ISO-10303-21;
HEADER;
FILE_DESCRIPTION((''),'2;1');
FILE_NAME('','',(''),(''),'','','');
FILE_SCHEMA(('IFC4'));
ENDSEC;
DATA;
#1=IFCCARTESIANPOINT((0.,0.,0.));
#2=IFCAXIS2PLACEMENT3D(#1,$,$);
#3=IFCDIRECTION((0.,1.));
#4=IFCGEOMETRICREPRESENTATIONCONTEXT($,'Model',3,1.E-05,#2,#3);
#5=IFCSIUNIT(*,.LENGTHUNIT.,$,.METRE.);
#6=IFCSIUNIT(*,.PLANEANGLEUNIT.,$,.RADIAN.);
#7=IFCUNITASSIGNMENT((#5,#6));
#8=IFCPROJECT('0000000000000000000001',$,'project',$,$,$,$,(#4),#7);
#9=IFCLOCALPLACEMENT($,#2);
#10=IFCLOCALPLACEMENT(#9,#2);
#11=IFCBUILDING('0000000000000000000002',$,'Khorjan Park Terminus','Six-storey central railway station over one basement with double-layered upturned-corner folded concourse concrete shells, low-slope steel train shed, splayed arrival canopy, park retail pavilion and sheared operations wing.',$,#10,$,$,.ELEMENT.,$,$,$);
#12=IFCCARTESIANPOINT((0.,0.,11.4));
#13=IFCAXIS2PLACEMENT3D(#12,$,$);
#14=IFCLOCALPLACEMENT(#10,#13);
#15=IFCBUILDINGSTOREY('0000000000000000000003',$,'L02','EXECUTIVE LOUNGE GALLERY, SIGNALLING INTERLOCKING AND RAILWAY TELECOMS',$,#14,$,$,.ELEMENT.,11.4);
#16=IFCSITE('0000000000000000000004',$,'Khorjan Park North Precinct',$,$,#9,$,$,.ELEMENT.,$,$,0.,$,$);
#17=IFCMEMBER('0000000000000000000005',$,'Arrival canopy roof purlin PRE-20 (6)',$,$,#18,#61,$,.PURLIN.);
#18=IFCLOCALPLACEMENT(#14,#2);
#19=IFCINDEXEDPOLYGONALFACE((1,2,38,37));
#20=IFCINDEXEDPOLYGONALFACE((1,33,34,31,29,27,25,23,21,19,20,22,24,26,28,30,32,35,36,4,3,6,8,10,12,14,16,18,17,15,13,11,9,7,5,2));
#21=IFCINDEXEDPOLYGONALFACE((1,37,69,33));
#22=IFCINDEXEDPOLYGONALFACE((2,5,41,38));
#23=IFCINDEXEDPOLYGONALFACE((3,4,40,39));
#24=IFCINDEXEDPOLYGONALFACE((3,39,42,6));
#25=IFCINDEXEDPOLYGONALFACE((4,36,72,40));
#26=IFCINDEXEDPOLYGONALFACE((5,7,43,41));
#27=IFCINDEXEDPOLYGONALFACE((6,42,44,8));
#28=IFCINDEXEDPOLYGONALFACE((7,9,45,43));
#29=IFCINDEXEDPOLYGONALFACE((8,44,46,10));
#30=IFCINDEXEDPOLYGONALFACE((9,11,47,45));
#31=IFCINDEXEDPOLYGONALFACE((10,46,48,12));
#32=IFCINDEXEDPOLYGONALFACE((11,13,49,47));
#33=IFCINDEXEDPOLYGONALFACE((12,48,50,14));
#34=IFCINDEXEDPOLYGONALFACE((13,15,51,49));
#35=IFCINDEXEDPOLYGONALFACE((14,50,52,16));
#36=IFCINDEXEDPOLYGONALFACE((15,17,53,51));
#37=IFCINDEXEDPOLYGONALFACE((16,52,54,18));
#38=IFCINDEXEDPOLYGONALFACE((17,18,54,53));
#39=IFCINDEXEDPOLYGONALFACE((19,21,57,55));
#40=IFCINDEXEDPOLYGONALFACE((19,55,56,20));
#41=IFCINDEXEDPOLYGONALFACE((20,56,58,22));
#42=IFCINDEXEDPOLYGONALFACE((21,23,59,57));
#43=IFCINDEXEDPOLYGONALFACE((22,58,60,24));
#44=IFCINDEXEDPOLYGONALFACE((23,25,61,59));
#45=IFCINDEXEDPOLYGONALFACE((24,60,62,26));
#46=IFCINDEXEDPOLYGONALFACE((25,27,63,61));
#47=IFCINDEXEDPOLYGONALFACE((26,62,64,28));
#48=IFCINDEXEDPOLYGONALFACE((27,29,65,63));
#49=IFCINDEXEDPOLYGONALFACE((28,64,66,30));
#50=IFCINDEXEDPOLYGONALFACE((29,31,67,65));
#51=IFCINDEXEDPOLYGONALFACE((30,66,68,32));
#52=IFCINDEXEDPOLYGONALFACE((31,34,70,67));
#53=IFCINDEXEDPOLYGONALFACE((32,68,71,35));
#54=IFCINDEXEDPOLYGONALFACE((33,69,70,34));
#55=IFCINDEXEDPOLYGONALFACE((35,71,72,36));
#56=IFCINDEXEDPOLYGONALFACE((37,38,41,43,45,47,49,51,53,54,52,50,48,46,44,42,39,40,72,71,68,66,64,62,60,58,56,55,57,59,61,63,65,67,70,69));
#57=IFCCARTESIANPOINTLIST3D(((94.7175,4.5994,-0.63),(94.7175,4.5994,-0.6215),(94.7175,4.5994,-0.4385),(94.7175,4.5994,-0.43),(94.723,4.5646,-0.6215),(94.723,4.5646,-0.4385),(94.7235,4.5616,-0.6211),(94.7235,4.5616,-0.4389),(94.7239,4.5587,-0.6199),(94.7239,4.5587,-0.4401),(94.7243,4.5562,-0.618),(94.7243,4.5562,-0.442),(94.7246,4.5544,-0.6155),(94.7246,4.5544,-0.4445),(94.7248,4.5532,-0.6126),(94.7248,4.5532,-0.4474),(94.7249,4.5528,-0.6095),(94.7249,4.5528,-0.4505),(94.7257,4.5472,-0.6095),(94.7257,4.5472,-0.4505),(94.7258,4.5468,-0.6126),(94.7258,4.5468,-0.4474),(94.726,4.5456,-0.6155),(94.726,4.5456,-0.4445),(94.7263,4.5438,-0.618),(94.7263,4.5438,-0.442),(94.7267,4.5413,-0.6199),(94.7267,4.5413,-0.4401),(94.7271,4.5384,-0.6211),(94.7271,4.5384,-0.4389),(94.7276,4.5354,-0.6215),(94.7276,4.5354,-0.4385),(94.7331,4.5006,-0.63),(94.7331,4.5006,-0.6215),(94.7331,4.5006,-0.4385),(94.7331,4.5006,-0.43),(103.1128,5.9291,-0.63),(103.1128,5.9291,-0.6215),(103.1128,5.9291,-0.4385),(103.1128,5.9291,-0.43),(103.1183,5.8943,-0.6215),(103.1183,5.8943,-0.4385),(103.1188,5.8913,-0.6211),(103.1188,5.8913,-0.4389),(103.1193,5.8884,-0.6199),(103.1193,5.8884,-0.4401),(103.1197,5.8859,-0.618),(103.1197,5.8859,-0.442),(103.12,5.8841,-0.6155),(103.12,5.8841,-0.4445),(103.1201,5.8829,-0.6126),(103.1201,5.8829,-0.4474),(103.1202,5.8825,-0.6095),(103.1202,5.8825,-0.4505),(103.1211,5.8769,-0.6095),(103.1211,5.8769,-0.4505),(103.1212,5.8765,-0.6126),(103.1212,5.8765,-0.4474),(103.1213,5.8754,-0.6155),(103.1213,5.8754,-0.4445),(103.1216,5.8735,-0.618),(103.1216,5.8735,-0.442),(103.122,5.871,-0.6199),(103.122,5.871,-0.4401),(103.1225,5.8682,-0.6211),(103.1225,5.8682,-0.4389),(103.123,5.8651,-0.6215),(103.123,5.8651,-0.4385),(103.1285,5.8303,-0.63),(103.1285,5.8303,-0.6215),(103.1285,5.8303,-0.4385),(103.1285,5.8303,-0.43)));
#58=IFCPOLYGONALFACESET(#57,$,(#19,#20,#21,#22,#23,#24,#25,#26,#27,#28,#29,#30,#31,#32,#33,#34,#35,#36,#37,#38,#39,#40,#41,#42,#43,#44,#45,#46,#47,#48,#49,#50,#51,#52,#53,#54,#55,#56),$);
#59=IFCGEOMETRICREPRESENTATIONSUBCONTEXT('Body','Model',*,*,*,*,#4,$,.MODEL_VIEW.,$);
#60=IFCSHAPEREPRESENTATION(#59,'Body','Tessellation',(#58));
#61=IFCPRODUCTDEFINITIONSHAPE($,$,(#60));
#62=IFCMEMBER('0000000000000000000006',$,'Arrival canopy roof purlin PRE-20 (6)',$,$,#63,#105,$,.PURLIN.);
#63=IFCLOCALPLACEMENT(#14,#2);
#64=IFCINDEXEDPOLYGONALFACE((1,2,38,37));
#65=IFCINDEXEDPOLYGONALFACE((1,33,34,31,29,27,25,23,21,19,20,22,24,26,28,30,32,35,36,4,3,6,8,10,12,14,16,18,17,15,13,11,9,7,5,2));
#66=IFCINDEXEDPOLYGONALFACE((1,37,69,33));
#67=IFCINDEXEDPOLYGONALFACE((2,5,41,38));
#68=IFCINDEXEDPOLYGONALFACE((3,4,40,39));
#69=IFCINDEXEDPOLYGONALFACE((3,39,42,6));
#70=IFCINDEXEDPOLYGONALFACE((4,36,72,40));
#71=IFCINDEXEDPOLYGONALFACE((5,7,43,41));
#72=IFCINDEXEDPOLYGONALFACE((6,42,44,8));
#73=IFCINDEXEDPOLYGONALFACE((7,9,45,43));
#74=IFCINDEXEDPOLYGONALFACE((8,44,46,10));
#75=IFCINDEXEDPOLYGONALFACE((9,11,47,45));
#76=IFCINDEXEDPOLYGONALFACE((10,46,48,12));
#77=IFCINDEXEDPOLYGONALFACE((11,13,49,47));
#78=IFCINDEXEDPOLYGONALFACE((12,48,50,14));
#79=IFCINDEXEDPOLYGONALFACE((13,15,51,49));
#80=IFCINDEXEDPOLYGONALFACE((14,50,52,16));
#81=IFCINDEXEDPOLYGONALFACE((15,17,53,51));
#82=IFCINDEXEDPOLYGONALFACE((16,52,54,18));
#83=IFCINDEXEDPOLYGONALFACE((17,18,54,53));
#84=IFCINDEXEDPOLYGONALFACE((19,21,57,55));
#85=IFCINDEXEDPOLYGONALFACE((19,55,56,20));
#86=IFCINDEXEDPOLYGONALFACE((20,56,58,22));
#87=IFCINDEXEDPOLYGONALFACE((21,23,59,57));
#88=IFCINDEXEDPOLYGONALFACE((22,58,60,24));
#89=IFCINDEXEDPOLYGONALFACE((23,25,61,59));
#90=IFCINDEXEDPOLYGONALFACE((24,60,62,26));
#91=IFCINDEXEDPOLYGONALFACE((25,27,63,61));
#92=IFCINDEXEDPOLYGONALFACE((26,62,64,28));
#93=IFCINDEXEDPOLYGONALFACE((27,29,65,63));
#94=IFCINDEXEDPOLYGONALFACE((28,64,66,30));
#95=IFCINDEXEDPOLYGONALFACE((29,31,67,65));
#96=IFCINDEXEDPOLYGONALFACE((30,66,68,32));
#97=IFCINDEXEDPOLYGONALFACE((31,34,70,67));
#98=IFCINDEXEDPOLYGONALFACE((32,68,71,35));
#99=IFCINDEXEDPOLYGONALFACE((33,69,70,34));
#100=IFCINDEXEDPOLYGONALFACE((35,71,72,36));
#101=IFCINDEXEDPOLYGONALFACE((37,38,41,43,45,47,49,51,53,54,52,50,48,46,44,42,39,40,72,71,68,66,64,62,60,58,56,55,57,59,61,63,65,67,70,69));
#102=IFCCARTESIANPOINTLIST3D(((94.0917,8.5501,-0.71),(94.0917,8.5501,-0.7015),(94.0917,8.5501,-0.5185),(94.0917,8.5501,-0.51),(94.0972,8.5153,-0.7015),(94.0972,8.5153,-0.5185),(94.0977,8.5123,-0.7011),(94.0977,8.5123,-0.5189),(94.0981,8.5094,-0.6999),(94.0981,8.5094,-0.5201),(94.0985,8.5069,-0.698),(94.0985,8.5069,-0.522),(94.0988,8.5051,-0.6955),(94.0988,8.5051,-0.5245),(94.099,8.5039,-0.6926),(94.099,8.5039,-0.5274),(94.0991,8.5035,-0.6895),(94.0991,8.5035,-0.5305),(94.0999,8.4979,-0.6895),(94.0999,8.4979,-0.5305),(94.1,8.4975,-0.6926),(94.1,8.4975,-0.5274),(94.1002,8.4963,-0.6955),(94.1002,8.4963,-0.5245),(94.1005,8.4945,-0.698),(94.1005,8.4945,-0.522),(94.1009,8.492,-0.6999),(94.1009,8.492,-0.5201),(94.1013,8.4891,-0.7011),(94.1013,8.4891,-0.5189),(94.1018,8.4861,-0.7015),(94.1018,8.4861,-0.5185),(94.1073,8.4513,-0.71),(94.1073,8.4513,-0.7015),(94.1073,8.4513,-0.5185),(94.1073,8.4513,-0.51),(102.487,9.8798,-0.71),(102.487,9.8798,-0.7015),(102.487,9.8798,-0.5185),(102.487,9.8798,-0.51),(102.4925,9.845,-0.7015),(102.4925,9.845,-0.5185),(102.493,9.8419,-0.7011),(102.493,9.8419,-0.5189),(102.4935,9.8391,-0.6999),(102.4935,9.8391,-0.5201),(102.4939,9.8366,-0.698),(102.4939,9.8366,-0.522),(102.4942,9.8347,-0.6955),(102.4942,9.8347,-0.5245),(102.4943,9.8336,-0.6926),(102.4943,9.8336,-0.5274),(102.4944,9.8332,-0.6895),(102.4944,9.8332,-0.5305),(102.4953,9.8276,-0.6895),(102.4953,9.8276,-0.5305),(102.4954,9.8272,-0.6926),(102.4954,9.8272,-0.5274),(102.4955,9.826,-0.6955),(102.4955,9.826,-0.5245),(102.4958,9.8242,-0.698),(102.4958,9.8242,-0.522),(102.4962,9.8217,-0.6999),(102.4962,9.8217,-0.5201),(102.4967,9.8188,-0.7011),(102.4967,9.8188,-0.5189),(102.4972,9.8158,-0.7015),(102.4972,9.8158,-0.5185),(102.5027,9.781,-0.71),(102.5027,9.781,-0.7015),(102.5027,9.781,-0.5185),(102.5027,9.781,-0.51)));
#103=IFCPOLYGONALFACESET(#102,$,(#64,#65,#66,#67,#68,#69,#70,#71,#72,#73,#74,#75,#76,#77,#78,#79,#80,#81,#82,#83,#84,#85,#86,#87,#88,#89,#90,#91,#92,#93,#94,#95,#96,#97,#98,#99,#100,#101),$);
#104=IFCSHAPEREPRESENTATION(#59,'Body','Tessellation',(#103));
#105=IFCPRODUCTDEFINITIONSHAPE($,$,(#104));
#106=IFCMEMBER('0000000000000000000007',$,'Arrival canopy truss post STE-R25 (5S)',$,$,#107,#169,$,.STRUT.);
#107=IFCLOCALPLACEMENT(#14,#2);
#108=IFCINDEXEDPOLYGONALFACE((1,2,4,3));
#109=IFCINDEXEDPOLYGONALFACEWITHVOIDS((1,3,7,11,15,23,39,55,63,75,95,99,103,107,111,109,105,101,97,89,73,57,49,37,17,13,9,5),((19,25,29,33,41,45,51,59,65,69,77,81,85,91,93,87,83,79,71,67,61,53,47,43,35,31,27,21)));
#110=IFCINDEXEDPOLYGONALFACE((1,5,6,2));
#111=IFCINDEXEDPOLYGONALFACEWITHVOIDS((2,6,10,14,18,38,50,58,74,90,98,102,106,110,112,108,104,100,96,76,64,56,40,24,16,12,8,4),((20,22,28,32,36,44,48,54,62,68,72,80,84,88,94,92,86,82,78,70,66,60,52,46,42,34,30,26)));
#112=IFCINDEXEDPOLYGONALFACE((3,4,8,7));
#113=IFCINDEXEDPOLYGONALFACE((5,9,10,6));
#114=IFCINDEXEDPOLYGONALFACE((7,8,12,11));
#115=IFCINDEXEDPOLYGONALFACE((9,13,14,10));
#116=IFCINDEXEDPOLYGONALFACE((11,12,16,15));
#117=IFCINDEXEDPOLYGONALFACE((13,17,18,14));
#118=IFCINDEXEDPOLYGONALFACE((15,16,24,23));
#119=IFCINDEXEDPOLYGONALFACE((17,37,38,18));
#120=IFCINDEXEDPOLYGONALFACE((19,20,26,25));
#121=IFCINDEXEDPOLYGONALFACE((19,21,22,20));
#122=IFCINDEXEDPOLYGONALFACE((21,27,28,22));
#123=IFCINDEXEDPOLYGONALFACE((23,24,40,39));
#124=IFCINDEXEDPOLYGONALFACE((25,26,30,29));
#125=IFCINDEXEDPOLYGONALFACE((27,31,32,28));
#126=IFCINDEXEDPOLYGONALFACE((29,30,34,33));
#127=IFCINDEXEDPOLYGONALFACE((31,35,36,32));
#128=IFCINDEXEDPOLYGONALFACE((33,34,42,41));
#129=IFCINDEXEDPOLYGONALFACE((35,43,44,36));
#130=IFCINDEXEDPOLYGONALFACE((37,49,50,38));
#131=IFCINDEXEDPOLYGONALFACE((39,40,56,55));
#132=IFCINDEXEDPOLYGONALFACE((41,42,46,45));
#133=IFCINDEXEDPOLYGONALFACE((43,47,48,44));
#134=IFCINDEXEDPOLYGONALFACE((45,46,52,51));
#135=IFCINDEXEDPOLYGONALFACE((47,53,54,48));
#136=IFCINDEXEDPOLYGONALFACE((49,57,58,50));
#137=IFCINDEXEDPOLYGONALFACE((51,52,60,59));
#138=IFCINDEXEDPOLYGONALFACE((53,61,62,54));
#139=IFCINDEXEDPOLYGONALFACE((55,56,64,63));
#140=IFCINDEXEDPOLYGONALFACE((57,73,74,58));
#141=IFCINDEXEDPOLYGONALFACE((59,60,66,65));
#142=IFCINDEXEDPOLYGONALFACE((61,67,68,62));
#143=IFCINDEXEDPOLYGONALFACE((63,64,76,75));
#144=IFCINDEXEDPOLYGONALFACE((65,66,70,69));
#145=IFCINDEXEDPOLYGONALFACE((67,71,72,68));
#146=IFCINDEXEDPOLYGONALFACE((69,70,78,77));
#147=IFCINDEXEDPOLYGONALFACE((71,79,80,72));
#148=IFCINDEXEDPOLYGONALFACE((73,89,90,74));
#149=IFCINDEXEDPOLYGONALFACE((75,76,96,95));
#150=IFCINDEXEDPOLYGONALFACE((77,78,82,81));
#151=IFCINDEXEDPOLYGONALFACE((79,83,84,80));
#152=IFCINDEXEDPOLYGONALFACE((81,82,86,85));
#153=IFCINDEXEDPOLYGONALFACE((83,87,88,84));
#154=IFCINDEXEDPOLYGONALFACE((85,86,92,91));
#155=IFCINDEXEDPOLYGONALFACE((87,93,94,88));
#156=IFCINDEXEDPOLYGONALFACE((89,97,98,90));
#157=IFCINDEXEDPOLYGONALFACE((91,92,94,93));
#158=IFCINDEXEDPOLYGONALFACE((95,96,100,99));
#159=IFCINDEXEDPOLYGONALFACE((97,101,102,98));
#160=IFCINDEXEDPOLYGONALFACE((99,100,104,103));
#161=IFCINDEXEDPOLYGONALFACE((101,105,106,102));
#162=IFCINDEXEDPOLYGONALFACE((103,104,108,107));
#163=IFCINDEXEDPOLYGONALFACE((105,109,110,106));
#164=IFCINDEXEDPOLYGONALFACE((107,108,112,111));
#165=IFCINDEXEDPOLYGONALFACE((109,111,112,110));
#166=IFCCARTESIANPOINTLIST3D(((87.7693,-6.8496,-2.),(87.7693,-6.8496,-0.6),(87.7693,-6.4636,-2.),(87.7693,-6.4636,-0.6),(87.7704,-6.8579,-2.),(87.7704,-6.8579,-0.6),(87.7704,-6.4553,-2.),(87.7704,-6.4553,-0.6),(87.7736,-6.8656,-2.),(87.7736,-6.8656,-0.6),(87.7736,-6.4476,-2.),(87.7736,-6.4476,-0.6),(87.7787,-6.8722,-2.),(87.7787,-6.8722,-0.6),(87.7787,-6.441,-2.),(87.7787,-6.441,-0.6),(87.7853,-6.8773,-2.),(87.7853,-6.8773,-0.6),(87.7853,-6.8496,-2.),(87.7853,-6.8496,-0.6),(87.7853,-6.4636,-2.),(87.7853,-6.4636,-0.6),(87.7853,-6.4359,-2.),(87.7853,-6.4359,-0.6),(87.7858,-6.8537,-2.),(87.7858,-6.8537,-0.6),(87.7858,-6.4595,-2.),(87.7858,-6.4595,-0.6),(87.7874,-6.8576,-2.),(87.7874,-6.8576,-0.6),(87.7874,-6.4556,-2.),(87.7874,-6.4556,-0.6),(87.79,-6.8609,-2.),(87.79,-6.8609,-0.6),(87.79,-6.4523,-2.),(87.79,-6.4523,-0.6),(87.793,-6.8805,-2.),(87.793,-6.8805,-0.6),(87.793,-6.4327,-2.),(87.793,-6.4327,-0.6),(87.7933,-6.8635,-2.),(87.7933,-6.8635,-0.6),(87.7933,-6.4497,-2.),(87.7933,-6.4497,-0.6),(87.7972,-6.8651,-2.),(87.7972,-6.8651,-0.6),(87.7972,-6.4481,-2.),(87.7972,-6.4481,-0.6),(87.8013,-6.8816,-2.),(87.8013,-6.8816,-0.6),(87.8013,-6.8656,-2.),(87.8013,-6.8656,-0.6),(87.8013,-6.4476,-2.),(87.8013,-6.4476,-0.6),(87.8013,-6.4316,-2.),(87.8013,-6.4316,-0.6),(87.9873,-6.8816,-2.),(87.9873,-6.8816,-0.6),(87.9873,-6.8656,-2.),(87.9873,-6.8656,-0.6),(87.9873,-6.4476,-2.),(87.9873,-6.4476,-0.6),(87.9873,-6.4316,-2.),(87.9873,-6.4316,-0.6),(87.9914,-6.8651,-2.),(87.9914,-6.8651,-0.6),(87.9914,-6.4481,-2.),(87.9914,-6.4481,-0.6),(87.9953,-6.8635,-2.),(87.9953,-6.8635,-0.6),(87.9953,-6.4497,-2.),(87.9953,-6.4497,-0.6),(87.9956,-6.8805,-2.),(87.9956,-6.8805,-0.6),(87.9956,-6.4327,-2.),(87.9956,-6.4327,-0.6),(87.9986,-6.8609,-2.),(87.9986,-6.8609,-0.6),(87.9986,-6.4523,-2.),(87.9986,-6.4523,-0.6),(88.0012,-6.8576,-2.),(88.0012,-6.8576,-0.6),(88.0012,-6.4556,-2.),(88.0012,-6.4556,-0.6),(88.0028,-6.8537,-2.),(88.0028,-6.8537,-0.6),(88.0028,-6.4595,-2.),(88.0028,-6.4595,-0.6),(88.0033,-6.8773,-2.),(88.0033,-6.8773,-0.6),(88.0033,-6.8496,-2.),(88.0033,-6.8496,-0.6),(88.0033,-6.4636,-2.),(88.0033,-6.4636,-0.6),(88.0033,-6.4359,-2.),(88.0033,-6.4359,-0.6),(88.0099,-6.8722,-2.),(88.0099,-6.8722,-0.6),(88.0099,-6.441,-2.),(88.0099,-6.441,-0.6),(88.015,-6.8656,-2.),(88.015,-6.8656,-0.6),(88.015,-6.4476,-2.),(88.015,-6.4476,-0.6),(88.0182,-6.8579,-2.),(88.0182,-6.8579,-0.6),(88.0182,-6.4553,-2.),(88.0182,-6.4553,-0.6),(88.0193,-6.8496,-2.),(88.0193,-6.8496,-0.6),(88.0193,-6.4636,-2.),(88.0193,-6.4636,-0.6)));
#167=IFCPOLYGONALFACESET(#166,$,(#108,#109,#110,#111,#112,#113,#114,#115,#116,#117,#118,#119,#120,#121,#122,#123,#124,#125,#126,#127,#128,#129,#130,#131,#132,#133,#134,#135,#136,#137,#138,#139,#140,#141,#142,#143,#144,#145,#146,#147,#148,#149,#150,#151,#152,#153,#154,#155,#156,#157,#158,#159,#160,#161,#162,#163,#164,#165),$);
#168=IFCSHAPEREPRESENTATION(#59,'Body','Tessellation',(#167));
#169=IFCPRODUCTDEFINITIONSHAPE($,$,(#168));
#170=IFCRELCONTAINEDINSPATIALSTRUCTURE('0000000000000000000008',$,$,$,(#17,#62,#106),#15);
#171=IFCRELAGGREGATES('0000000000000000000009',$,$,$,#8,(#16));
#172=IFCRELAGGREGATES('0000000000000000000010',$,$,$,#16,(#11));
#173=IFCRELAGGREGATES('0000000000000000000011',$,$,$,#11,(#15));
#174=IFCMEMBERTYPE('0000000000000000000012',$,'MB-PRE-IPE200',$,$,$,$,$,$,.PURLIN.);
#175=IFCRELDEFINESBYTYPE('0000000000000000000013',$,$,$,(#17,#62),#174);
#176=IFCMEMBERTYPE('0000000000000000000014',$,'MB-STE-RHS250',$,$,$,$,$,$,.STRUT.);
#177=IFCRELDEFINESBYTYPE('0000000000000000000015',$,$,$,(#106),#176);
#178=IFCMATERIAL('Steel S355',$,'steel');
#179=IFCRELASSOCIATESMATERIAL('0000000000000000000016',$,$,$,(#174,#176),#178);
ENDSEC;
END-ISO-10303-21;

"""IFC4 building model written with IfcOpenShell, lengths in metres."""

from ifc_helpers import new_model, si_unit, direction, frame, origin, origin_2d, place, context, subcontext, project, spatial, hollow_rectangle, i_section, extrude, material, material_profile, profile_set, type_object, element, save


model = new_model("IFC4")

# Units and contexts
model_context = context("Model", 3, precision=1e-05, world=origin(), true_north=direction((0.0, 1.0)))
body_context = subcontext(model_context, "Body", "Model", "MODEL_VIEW")
ifc_project = project(units=[si_unit("LENGTHUNIT", "METRE"), si_unit("PLANEANGLEUNIT", "RADIAN")], contexts=[model_context])

# Site, building, storey
site_placement = place(None, origin())
site = spatial("IfcSite", under=ifc_project, at=site_placement, Name="Khorjan Park North Precinct", CompositionType="ELEMENT", RefElevation=0.0)
building_placement = place(site_placement, origin())
building = spatial("IfcBuilding", under=site, at=building_placement, Name="Khorjan Park Terminus", Description="Six-storey central railway station over one basement with double-layered upturned-corner folded concourse concrete shells, low-slope steel train shed, splayed arrival canopy, park retail pavilion and sheared operations wing.", CompositionType="ELEMENT")
storey_placement = place(building_placement, frame((0.0, 0.0, 11.4)))
storey = spatial("IfcBuildingStorey", under=building, at=storey_placement, Name="L02", Description="EXECUTIVE LOUNGE GALLERY, SIGNALLING INTERLOCKING AND RAILWAY TELECOMS", CompositionType="ELEMENT", Elevation=11.4)

# Members
ifc_material = material(Name="Steel S355", Category="steel")
ifc_material_profile_1 = material_profile(ifc_material, i_section(OverallWidth=0.1, OverallDepth=0.2, WebThickness=0.0056, FlangeThickness=0.0085, FilletRadius=0.012, at=origin_2d()), Name="IPE 200")
ifc_profile_set_1 = profile_set([ifc_material_profile_1], Name="Steel S355")
member_type_1 = type_object("IfcMemberType", Name="MB-PRE-IPE200", PredefinedType="PURLIN", material=ifc_profile_set_1)
for number, where, z_axis, x_axis, name in (
    (1, (94.7253, 4.55, -0.53), (0.987688, 0.156436, 0.0), (-0.156436, 0.987688, 0.0), "Arrival canopy roof purlin PRE-20 (6)"),
    (2, (94.0995, 8.5007, -0.61), (0.987688, 0.156434, 0.0), (-0.156434, 0.987688, 0.0), "Arrival canopy roof purlin PRE-20 (6)"),
):
    element("IfcMember", number, at=place(storey_placement, frame(where, z_axis=z_axis, x_axis=x_axis)), inside=storey, type_object=member_type_1, Name=name, PredefinedType="PURLIN", context=body_context, shape_type="SweptSolid", body=[
        extrude(i_section(OverallWidth=0.1, OverallDepth=0.2, WebThickness=0.0056, FlangeThickness=0.0085, FilletRadius=0.012, at=origin_2d()), origin(), (0.0, 0.0, 1.0), 8.5),
    ])
ifc_material_profile_2 = material_profile(ifc_material, hollow_rectangle(XDim=0.25, YDim=0.45, WallThickness=0.016, InnerFilletRadius=0.016, OuterFilletRadius=0.032, at=origin_2d()), Name="RHS 450x250x16")
ifc_profile_set_2 = profile_set([ifc_material_profile_2], Name="Steel S355")
member_type_2 = type_object("IfcMemberType", Name="MB-STE-RHS250", PredefinedType="STRUT", material=ifc_profile_set_2)
member_1_placement = place(storey_placement, frame((87.8943, -6.6566, -2.0), z_axis=(0.0, 0.0, 1.0), x_axis=(1.0, 0.0, 0.0)))
element("IfcMember", 3, at=member_1_placement, inside=storey, type_object=member_type_2, Name="Arrival canopy truss post STE-R25 (5S)", PredefinedType="STRUT", context=body_context, shape_type="SweptSolid", body=[
    extrude(hollow_rectangle(XDim=0.25, YDim=0.45, WallThickness=0.016, InnerFilletRadius=0.016, OuterFilletRadius=0.032, at=origin_2d()), origin(), (0.0, 0.0, 1.0), 1.4),
])

save(model, "model.ifc")
